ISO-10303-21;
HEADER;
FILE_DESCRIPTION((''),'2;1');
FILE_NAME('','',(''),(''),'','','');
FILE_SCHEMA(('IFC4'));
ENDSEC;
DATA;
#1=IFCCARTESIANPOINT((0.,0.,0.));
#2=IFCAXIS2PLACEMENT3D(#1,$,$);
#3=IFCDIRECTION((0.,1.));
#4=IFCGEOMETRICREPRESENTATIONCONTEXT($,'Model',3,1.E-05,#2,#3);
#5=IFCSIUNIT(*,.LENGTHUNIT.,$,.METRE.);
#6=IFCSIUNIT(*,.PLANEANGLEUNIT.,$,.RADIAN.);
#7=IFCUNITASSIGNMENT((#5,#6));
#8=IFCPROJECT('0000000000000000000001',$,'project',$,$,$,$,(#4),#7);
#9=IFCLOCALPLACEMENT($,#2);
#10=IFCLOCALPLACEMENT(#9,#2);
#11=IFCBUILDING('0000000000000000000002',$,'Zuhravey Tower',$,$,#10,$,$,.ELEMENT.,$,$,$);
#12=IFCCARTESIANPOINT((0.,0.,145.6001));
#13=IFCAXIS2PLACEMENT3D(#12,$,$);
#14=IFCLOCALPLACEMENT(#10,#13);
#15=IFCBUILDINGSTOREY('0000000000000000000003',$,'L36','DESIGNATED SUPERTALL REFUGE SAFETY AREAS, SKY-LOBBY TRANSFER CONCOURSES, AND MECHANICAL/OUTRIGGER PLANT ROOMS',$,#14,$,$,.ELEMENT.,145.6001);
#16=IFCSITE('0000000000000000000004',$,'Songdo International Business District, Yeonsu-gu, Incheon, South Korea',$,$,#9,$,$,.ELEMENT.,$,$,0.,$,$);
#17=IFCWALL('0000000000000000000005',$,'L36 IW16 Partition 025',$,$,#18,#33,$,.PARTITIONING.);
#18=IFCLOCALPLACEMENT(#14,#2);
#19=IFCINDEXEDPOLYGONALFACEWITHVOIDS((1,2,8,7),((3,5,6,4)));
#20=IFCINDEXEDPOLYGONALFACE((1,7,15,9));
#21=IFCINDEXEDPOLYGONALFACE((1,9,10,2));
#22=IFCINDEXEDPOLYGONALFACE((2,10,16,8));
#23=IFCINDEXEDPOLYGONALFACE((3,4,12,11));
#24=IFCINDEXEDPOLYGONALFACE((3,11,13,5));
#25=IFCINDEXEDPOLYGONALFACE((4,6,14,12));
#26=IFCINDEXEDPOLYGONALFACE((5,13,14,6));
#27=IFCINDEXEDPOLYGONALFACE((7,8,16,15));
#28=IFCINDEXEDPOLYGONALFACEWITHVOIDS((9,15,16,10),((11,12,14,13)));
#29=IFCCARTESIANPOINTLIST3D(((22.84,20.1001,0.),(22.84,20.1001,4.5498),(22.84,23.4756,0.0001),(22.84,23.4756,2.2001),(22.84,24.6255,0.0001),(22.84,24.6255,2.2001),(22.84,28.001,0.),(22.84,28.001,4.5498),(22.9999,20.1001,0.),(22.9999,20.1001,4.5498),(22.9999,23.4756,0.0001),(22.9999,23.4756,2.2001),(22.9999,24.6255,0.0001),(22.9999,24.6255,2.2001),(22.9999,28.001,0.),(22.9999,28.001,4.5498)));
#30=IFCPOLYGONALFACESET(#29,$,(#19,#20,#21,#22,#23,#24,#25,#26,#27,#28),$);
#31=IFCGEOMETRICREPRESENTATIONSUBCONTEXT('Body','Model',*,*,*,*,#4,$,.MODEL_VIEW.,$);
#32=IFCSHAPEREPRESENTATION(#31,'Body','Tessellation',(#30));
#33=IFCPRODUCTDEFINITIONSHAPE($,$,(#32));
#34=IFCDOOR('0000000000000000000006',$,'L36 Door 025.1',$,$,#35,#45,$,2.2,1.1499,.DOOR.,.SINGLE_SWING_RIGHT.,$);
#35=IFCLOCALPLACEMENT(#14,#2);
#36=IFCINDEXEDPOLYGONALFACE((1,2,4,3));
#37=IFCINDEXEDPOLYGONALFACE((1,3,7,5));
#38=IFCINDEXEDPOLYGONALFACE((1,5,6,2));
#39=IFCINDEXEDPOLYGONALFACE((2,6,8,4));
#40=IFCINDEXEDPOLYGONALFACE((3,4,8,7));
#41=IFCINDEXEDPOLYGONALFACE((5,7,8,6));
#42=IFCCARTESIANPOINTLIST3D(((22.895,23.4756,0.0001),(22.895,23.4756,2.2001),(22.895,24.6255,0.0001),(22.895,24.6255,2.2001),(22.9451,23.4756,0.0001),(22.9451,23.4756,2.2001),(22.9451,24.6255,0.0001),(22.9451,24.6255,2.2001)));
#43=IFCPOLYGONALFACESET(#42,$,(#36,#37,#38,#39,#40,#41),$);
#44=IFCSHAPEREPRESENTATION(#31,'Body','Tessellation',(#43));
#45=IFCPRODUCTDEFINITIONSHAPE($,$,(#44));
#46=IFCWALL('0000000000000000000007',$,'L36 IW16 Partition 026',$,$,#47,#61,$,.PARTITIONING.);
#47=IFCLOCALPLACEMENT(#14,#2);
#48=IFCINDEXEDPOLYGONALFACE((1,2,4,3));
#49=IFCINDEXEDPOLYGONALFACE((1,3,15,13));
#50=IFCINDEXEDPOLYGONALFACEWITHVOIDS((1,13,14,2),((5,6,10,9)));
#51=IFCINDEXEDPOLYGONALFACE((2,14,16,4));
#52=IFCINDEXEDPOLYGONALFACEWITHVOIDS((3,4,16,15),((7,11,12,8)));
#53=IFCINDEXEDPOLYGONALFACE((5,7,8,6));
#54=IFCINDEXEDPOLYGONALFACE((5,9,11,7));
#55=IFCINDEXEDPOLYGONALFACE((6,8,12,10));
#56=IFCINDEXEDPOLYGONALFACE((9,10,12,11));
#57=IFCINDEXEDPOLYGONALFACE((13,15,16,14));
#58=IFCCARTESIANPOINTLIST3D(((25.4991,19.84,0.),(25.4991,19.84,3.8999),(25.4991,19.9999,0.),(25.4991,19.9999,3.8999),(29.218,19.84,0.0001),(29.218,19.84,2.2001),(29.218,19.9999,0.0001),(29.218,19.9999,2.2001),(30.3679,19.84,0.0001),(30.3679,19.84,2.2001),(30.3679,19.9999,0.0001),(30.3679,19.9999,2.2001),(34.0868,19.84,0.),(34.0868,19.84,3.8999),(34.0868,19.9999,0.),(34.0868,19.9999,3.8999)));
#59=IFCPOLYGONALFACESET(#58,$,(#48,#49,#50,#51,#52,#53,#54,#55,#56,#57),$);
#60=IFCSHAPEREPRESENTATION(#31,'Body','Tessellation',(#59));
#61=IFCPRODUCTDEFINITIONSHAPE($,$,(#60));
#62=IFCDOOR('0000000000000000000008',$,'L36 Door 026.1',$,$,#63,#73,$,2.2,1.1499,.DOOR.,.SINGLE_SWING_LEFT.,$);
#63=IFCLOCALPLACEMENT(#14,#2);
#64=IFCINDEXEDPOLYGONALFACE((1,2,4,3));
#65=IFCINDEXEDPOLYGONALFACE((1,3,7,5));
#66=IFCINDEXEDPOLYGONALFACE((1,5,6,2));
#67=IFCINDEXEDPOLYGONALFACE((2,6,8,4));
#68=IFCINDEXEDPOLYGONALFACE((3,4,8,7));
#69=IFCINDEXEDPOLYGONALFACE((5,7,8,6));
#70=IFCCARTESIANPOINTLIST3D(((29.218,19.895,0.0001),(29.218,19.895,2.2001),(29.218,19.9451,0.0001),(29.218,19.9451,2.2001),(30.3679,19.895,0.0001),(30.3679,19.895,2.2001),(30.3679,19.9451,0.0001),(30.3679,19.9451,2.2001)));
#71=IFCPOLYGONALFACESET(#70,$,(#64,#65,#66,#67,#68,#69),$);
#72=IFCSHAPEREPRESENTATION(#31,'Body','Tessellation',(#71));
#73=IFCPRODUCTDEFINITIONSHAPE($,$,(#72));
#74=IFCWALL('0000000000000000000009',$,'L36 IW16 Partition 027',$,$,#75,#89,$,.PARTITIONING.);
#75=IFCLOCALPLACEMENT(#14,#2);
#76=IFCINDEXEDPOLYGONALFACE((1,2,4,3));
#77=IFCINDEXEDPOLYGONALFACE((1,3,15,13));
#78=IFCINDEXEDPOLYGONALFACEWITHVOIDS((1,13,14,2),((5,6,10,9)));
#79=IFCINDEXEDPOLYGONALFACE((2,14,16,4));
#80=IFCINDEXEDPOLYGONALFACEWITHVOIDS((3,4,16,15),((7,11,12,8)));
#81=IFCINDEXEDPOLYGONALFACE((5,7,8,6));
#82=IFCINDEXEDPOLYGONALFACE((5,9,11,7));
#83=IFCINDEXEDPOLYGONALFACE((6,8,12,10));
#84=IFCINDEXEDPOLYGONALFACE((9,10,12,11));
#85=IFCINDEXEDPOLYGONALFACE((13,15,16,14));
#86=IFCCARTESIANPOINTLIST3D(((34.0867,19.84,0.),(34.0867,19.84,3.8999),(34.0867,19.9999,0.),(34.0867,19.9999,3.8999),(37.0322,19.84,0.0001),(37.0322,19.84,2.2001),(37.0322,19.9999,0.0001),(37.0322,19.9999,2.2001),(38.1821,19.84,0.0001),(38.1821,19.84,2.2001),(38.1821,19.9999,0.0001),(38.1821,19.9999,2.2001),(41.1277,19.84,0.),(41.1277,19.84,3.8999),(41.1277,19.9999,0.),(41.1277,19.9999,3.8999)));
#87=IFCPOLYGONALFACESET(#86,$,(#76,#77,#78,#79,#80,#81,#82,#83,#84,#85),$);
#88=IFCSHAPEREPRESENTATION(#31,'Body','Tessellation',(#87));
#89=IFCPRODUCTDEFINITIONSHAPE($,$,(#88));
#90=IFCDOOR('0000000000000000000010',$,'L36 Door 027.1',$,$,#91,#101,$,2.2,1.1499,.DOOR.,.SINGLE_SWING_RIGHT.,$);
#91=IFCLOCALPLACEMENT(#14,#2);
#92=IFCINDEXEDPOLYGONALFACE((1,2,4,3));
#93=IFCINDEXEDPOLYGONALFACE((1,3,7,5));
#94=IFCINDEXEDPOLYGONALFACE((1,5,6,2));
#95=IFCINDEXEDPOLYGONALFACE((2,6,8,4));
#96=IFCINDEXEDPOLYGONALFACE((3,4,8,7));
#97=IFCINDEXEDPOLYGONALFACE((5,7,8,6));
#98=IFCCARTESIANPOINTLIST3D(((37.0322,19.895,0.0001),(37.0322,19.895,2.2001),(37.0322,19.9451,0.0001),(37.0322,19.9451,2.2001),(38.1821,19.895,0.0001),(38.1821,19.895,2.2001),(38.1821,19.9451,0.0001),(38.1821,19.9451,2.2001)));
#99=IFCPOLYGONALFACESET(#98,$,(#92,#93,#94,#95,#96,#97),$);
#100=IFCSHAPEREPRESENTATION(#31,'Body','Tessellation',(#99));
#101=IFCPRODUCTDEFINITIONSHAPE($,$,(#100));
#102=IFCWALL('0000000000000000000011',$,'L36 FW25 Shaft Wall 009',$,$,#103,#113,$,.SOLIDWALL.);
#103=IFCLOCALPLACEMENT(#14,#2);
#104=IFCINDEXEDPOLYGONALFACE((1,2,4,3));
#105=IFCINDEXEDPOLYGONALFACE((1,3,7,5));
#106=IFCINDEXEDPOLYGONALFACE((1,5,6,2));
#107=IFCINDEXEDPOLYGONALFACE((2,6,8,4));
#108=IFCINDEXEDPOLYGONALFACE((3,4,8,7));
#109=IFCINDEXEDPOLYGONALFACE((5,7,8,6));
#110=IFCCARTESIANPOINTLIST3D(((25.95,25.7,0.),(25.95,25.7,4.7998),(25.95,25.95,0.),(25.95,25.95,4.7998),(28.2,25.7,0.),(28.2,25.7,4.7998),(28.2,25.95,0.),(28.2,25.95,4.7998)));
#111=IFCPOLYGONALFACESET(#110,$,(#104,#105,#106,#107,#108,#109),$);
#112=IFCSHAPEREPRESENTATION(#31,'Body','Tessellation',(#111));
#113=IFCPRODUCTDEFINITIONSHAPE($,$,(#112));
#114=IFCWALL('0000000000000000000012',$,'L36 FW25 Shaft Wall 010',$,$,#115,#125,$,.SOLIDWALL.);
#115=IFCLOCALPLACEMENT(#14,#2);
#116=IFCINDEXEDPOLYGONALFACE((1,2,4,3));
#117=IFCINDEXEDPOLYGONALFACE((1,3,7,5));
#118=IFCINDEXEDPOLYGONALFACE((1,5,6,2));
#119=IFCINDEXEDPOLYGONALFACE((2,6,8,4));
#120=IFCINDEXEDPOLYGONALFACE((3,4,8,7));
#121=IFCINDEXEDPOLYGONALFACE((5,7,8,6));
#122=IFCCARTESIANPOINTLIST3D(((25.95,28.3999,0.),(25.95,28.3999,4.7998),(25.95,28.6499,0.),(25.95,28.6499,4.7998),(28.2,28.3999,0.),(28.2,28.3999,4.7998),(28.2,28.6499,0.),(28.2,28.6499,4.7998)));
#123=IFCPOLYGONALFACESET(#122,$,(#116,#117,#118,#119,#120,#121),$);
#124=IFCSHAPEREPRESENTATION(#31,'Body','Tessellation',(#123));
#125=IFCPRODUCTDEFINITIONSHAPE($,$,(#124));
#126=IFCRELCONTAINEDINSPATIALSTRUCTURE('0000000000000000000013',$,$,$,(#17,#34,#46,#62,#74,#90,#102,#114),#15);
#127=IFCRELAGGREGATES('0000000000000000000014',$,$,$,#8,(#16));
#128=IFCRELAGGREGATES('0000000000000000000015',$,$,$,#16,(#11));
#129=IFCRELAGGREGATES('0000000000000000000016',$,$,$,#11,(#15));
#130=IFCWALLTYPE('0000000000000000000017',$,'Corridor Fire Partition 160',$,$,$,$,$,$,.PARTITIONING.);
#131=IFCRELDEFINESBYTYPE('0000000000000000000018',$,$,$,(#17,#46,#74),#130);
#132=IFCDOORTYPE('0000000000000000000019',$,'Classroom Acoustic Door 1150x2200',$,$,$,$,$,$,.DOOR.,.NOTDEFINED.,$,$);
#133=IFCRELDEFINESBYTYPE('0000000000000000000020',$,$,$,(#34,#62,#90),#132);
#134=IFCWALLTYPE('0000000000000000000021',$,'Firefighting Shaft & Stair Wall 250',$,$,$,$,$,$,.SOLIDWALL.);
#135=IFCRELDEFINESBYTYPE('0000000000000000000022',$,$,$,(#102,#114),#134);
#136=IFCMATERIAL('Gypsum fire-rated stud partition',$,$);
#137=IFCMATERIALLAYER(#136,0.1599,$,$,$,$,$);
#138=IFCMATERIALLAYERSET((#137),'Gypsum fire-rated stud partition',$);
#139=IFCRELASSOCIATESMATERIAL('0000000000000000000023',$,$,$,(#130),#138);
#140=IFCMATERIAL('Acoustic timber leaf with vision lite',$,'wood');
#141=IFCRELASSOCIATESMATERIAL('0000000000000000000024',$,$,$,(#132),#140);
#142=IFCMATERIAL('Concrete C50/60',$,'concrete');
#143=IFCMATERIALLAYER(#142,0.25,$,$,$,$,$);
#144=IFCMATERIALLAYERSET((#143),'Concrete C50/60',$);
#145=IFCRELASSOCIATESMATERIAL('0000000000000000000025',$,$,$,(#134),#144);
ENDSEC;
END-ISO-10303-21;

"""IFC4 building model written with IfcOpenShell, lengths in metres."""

from ifc_helpers import new_model, si_unit, direction, frame, frame_2d, origin, place, context, subcontext, project, spatial, rectangle, extrude, material, layer, layer_set, type_object, element, fill, save


model = new_model("IFC4")

# Units and contexts
model_context = context("Model", 3, precision=1e-05, world=origin(), true_north=direction((0.0, 1.0)))
body_context = subcontext(model_context, "Body", "Model", "MODEL_VIEW")
ifc_project = project(units=[si_unit("LENGTHUNIT", "METRE"), si_unit("PLANEANGLEUNIT", "RADIAN")], contexts=[model_context])

# Site, building, storey
site_placement = place(None, origin())
site = spatial("IfcSite", under=ifc_project, at=site_placement, Name="Songdo International Business District, Yeonsu-gu, Incheon, South Korea", CompositionType="ELEMENT", RefElevation=0.0)
building_placement = place(site_placement, origin())
building = spatial("IfcBuilding", under=site, at=building_placement, Name="Zuhravey Tower", CompositionType="ELEMENT")
storey_placement = place(building_placement, frame((0.0, 0.0, 145.6001)))
storey = spatial("IfcBuildingStorey", under=building, at=storey_placement, Name="L36", Description="DESIGNATED SUPERTALL REFUGE SAFETY AREAS, SKY-LOBBY TRANSFER CONCOURSES, AND MECHANICAL/OUTRIGGER PLANT ROOMS", CompositionType="ELEMENT", Elevation=145.6001)

# Walls, openings, doors
ifc_material_1 = material(Name="Gypsum fire-rated stud partition")
ifc_layer_1 = layer(ifc_material_1, 0.1599)
ifc_layer_set_1 = layer_set([ifc_layer_1], Name="Gypsum fire-rated stud partition")
wall_type_1 = type_object("IfcWallType", Name="Corridor Fire Partition 160", PredefinedType="PARTITIONING", material=ifc_layer_set_1)
wall_1_placement = place(storey_placement, frame((22.9199, 28.001, 0.0), z_axis=(0.0, 0.0, 1.0), x_axis=(0.0, -1.0, 0.0)))
wall_1 = element("IfcWall", 1, at=wall_1_placement, inside=storey, type_object=wall_type_1, Name="L36 IW16 Partition 025", PredefinedType="PARTITIONING", context=body_context, shape_type="SweptSolid", body=[
    extrude(rectangle(XDim=7.9009, YDim=0.1599, at=frame_2d((3.9504, 0.0))), origin(), (0.0, 0.0, 1.0), 4.5498),
])
opening_1_placement = place(wall_1_placement, frame((3.3755, 0.0, 0.0)))
opening_1 = element("IfcOpeningElement", 2, at=opening_1_placement, cuts=wall_1, PredefinedType="OPENING", context=body_context, shape_type="SweptSolid", body=[
    extrude(rectangle(XDim=1.1499, YDim=2.2, at=frame_2d((0.575, 1.1001))), frame((0.0, 0.092, 0.0), z_axis=(0.0, -1.0, 0.0), x_axis=(1.0, 0.0, 0.0)), (0.0, 0.0, 1.0), 0.1838),
])
ifc_material_2 = material(Name="Acoustic timber leaf with vision lite", Category="wood")
door_type_1 = type_object("IfcDoorType", Name="Classroom Acoustic Door 1150x2200", OperationType="NOTDEFINED", PredefinedType="DOOR", material=ifc_material_2)
door_1_placement = place(opening_1_placement, frame((1.1499, 0.0, 0.0), z_axis=(0.0, 0.0, 1.0), x_axis=(-1.0, 0.0, 0.0)))
door_1 = element("IfcDoor", 3, at=door_1_placement, inside=storey, type_object=door_type_1, Name="L36 Door 025.1", OperationType="SINGLE_SWING_RIGHT", OverallHeight=2.2, OverallWidth=1.1499, PredefinedType="DOOR", context=body_context, shape_type="SweptSolid", body=[
    extrude(rectangle(XDim=1.1499, YDim=2.2, at=frame_2d((0.575, 1.1001))), frame((0.0, 0.0249, 0.0), z_axis=(0.0, -1.0, 0.0), x_axis=(1.0, 0.0, 0.0)), (0.0, 0.0, 1.0), 0.05),
])
fill(opening_1, door_1)
wall_2_placement = place(storey_placement, frame((25.499, 19.9199, 0.0), z_axis=(0.0, 0.0, 1.0), x_axis=(1.0, 0.0, 0.0)))
wall_2 = element("IfcWall", 4, at=wall_2_placement, inside=storey, type_object=wall_type_1, Name="L36 IW16 Partition 026", PredefinedType="PARTITIONING", context=body_context, shape_type="SweptSolid", body=[
    extrude(rectangle(XDim=8.5876, YDim=0.1599, at=frame_2d((4.2939, 0.0))), origin(), (0.0, 0.0, 1.0), 3.8999),
])
opening_2_placement = place(wall_2_placement, frame((3.719, 0.0, 0.0)))
opening_2 = element("IfcOpeningElement", 5, at=opening_2_placement, cuts=wall_2, PredefinedType="OPENING", context=body_context, shape_type="SweptSolid", body=[
    extrude(rectangle(XDim=1.1499, YDim=2.2, at=frame_2d((0.575, 1.1001))), frame((0.0, 0.092, 0.0), z_axis=(0.0, -1.0, 0.0), x_axis=(1.0, 0.0, 0.0)), (0.0, 0.0, 1.0), 0.1838),
])
door_2_placement = place(opening_2_placement, frame((1.1499, 0.0, 0.0), z_axis=(0.0, 0.0, 1.0), x_axis=(-1.0, 0.0, 0.0)))
door_2 = element("IfcDoor", 6, at=door_2_placement, inside=storey, type_object=door_type_1, Name="L36 Door 026.1", OperationType="SINGLE_SWING_LEFT", OverallHeight=2.2, OverallWidth=1.1499, PredefinedType="DOOR", context=body_context, shape_type="SweptSolid", body=[
    extrude(rectangle(XDim=1.1499, YDim=2.2, at=frame_2d((0.575, 1.1001))), frame((0.0, 0.0249, 0.0), z_axis=(0.0, -1.0, 0.0), x_axis=(1.0, 0.0, 0.0)), (0.0, 0.0, 1.0), 0.05),
])
fill(opening_2, door_2)
wall_3_placement = place(storey_placement, frame((34.0867, 19.9199, 0.0), z_axis=(0.0, 0.0, 1.0), x_axis=(1.0, 0.0, 0.0)))
wall_3 = element("IfcWall", 7, at=wall_3_placement, inside=storey, type_object=wall_type_1, Name="L36 IW16 Partition 027", PredefinedType="PARTITIONING", context=body_context, shape_type="SweptSolid", body=[
    extrude(rectangle(XDim=7.041, YDim=0.1599, at=frame_2d((3.5205, 0.0))), origin(), (0.0, 0.0, 1.0), 3.8999),
])
opening_3_placement = place(wall_3_placement, frame((2.9456, 0.0, 0.0)))
opening_3 = element("IfcOpeningElement", 8, at=opening_3_placement, cuts=wall_3, PredefinedType="OPENING", context=body_context, shape_type="SweptSolid", body=[
    extrude(rectangle(XDim=1.1499, YDim=2.2, at=frame_2d((0.575, 1.1001))), frame((0.0, 0.092, 0.0), z_axis=(0.0, -1.0, 0.0), x_axis=(1.0, 0.0, 0.0)), (0.0, 0.0, 1.0), 0.1838),
])
door_3_placement = place(opening_3_placement, frame((1.1499, 0.0, 0.0), z_axis=(0.0, 0.0, 1.0), x_axis=(-1.0, 0.0, 0.0)))
door_3 = element("IfcDoor", 9, at=door_3_placement, inside=storey, type_object=door_type_1, Name="L36 Door 027.1", OperationType="SINGLE_SWING_RIGHT", OverallHeight=2.2, OverallWidth=1.1499, PredefinedType="DOOR", context=body_context, shape_type="SweptSolid", body=[
    extrude(rectangle(XDim=1.1499, YDim=2.2, at=frame_2d((0.575, 1.1001))), frame((0.0, 0.0249, 0.0), z_axis=(0.0, -1.0, 0.0), x_axis=(1.0, 0.0, 0.0)), (0.0, 0.0, 1.0), 0.05),
])
fill(opening_3, door_3)

# Walls
ifc_material_3 = material(Name="Concrete C50/60", Category="concrete")
ifc_layer_2 = layer(ifc_material_3, 0.25)
ifc_layer_set_2 = layer_set([ifc_layer_2], Name="Concrete C50/60")
wall_type_2 = type_object("IfcWallType", Name="Firefighting Shaft & Stair Wall 250", PredefinedType="SOLIDWALL", material=ifc_layer_set_2)
for number, where, z_axis, x_axis, name in (
    (10, (25.95, 25.825, 0.0), (0.0, 0.0, 1.0), (1.0, 0.0, 0.0), "L36 FW25 Shaft Wall 009"),
    (11, (25.95, 28.5249, 0.0), (0.0, 0.0, 1.0), (1.0, 0.0, 0.0), "L36 FW25 Shaft Wall 010"),
):
    element("IfcWall", number, at=place(storey_placement, frame(where, z_axis=z_axis, x_axis=x_axis)), inside=storey, type_object=wall_type_2, Name=name, PredefinedType="SOLIDWALL", context=body_context, shape_type="SweptSolid", body=[
        extrude(rectangle(XDim=2.25, YDim=0.25, at=frame_2d((1.125, 0.0))), origin(), (0.0, 0.0, 1.0), 4.7998),
    ])

save(model, "model.ifc")
